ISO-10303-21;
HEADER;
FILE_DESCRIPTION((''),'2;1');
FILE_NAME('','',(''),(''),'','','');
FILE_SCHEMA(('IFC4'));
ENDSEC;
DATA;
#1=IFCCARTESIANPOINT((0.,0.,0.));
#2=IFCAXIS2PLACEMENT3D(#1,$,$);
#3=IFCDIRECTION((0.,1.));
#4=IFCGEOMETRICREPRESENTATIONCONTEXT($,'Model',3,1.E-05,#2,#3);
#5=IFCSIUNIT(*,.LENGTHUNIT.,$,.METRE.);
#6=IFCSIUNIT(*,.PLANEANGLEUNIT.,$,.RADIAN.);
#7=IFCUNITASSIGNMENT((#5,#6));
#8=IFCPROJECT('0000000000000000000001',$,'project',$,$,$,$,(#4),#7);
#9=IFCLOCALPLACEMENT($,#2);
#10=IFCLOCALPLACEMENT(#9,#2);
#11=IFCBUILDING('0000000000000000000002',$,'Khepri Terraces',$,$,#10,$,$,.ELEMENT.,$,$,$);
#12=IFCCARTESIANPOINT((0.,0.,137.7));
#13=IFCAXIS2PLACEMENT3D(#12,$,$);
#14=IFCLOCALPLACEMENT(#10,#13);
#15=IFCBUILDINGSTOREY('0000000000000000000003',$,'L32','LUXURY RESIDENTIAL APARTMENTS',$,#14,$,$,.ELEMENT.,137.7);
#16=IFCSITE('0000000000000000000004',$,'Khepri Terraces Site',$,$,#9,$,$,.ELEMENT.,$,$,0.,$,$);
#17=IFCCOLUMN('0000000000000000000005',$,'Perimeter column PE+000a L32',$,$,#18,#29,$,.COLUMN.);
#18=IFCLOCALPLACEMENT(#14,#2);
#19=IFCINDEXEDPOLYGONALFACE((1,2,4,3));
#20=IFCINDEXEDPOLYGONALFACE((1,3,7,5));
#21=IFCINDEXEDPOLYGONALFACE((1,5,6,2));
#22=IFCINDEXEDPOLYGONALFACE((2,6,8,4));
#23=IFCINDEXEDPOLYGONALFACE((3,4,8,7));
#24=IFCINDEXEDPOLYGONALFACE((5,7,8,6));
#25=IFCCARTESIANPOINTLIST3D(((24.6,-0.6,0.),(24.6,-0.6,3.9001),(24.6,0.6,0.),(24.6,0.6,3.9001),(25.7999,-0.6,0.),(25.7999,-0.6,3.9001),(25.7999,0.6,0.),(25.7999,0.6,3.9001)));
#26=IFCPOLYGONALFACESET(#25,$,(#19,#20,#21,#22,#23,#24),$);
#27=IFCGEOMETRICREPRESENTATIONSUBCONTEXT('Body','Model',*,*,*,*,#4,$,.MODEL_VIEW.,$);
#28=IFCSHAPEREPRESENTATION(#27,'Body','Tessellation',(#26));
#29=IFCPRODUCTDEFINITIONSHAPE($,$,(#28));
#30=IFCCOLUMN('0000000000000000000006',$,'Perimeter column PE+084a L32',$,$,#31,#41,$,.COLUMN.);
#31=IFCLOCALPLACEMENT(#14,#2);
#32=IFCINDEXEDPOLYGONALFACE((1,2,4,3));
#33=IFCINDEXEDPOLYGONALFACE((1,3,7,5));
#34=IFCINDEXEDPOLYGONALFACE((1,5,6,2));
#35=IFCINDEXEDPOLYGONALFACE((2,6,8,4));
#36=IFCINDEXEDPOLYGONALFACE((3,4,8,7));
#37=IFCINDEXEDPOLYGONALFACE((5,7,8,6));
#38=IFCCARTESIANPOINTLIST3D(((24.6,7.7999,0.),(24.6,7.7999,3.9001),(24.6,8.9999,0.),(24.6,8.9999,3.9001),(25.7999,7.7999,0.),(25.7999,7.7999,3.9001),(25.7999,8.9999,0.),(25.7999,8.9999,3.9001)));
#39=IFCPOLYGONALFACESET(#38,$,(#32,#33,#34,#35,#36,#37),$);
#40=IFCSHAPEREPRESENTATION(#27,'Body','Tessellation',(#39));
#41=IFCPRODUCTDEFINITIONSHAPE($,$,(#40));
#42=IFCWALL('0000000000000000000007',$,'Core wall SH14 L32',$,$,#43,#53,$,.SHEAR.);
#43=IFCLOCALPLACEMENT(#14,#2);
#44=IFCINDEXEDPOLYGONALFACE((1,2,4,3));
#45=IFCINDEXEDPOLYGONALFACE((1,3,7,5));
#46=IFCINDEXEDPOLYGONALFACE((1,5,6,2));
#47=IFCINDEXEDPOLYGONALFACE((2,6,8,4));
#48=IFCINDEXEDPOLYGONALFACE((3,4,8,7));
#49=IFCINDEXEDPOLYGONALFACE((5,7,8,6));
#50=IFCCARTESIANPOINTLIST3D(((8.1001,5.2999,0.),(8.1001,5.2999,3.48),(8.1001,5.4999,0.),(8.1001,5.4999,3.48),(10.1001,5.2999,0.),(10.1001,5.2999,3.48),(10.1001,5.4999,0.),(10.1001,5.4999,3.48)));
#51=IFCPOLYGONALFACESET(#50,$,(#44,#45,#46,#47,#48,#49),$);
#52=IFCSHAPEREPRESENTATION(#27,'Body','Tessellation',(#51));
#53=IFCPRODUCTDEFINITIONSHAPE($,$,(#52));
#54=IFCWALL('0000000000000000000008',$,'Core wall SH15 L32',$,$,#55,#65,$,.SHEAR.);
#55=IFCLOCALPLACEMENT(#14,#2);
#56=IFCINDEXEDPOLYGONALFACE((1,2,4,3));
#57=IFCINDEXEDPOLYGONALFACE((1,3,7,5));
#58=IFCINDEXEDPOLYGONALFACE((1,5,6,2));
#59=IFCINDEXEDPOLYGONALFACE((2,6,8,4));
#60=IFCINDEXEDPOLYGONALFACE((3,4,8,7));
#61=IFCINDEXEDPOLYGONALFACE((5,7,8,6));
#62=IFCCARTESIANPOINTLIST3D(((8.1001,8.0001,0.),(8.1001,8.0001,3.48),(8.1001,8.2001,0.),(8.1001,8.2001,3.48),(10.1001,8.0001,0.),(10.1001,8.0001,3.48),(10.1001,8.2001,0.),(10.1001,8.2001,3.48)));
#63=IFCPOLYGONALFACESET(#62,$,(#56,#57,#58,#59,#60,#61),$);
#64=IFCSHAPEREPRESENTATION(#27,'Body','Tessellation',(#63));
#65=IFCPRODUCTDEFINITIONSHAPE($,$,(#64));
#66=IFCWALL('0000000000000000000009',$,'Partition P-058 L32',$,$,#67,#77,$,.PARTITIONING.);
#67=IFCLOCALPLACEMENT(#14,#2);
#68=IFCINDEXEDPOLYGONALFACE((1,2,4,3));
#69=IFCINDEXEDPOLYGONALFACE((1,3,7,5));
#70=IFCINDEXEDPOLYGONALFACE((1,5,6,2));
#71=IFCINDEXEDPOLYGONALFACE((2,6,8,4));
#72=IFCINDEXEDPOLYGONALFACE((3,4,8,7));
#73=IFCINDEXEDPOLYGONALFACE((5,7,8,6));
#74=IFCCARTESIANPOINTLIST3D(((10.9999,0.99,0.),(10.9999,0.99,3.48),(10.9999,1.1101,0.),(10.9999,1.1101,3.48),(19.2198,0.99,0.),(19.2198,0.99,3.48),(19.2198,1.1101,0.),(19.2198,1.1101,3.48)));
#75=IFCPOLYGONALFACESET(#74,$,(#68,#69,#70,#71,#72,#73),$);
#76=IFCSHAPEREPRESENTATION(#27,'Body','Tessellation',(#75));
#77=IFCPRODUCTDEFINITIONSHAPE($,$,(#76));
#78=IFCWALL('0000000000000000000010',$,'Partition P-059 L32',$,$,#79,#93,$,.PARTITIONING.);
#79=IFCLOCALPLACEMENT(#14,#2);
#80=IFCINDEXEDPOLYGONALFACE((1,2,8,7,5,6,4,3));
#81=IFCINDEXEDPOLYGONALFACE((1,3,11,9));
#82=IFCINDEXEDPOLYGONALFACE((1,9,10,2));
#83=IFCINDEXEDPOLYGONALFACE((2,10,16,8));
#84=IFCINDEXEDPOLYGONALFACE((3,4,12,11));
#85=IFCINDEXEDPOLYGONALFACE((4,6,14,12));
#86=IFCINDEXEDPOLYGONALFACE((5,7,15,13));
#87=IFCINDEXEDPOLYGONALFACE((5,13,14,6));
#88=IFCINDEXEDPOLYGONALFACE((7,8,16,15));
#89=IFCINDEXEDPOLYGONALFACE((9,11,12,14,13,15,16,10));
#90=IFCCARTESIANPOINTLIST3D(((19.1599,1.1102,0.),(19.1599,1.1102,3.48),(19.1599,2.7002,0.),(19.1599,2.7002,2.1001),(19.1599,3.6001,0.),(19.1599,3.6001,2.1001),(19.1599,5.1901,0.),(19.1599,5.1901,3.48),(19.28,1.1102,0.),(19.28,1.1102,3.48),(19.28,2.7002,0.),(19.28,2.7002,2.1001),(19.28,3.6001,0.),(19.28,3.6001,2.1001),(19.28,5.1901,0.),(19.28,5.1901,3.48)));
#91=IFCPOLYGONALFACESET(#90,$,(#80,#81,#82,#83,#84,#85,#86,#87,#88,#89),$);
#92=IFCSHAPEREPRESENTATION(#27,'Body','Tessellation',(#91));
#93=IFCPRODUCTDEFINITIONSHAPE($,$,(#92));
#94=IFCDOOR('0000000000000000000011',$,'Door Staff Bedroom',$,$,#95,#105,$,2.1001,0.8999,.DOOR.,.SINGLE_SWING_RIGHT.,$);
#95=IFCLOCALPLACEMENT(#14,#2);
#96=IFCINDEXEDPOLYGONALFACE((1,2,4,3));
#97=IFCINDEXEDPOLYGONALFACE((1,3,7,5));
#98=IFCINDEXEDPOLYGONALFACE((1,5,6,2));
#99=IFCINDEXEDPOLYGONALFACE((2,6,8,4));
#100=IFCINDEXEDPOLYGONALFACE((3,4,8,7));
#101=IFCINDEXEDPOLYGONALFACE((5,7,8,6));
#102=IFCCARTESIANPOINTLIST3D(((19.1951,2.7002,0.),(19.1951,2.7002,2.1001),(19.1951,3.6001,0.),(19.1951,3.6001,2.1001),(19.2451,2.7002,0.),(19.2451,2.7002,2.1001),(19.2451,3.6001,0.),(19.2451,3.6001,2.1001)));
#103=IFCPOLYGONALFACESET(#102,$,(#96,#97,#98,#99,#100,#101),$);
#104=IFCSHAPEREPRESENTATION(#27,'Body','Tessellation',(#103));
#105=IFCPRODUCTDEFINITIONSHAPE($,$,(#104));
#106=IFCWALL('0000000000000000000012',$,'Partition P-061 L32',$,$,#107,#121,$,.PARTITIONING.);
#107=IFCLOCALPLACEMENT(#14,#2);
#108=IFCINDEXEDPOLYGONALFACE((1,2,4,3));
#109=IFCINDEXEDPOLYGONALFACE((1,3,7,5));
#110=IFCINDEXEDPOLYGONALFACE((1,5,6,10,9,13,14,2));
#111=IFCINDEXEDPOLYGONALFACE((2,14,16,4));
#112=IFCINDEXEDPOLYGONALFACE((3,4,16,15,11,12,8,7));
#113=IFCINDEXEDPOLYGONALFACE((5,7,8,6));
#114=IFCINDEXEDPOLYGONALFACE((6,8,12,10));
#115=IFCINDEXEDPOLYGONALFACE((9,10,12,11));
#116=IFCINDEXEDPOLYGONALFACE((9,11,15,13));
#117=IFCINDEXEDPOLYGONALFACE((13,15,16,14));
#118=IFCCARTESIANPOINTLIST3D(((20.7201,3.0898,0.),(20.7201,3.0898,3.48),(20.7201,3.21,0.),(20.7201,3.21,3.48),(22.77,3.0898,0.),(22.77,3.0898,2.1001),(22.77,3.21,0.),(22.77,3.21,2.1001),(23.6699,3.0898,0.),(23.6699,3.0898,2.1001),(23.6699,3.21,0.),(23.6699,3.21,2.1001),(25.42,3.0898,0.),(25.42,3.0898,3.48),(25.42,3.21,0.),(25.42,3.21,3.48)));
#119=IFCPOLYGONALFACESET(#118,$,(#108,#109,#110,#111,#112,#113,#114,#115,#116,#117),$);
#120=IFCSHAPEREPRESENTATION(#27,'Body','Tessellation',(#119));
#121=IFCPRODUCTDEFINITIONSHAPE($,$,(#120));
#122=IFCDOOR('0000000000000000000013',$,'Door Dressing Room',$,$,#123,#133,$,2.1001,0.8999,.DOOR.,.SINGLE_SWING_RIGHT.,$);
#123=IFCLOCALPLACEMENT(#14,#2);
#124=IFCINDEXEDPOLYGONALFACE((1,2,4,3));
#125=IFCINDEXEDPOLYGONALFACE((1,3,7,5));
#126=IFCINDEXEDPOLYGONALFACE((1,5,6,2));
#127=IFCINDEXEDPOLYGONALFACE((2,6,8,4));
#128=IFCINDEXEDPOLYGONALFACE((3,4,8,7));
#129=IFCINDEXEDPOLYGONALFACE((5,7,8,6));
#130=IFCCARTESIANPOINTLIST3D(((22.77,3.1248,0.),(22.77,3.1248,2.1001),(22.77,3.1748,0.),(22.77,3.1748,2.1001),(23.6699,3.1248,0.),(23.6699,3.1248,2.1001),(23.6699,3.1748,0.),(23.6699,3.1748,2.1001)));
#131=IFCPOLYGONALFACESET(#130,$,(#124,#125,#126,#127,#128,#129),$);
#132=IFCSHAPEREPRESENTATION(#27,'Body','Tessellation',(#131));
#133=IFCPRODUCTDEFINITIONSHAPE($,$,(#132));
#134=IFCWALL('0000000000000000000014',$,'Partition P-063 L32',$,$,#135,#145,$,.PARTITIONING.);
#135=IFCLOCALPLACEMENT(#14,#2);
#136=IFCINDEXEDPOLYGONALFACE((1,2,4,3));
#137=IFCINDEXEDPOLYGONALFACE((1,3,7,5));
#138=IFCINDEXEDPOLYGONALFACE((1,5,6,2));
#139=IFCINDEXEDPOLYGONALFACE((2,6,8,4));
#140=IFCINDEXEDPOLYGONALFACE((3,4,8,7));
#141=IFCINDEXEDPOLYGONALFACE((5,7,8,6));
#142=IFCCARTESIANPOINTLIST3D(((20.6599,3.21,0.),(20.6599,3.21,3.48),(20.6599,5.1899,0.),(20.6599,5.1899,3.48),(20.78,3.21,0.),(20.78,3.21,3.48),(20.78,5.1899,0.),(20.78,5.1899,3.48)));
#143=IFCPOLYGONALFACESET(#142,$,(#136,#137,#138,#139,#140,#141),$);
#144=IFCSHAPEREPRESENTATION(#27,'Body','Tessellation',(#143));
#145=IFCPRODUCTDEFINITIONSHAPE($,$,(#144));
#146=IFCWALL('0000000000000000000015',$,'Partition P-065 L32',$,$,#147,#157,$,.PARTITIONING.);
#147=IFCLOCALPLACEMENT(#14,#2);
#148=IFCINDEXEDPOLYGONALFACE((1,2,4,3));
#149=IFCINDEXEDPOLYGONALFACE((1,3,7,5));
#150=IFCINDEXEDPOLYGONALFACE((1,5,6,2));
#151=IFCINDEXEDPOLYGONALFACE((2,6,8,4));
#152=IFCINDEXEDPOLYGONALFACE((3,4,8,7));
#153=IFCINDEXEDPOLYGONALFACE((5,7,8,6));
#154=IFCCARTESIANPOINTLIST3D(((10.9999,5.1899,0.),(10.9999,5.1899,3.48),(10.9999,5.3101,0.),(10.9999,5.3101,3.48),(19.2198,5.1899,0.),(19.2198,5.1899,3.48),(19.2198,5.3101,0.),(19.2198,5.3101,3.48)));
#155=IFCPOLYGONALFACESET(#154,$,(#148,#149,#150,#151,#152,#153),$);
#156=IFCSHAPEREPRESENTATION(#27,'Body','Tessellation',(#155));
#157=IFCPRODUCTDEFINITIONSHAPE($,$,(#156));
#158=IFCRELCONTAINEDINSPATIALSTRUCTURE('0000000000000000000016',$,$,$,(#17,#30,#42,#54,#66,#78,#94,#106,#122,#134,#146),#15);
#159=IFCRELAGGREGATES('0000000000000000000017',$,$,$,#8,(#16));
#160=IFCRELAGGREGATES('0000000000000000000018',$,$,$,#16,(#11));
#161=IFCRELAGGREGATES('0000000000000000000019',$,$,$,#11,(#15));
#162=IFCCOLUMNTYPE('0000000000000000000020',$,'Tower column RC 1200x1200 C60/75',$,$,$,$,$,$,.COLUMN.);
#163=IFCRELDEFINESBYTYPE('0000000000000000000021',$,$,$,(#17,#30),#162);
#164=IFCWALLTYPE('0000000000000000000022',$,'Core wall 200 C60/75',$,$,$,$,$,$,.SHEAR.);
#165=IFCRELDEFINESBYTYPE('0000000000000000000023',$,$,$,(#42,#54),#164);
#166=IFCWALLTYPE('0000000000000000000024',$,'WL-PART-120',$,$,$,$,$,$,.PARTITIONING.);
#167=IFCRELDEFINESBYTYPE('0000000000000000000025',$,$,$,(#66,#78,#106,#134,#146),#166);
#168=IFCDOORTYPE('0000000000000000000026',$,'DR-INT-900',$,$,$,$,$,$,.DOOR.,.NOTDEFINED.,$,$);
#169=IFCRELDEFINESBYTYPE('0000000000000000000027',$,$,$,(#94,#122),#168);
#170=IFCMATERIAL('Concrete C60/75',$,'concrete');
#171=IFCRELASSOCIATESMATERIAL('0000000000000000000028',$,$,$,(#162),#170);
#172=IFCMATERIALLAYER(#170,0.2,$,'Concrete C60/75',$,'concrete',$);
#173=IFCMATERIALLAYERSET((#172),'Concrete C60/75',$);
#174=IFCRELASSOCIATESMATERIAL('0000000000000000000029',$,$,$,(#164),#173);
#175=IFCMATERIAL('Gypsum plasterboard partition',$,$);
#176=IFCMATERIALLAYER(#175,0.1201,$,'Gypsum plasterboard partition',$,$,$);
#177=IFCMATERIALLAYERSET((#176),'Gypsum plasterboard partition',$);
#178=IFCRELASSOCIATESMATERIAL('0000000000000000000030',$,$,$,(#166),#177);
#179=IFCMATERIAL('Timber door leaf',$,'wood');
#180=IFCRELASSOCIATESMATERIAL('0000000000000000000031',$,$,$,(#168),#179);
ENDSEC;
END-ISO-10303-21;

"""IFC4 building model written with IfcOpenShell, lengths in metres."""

from ifc_helpers import new_model, si_unit, direction, frame, frame_2d, origin, origin_2d, place, context, subcontext, project, spatial, rectangle, extrude, material, layer, layer_set, material_profile, profile_set, type_object, element, fill, save


model = new_model("IFC4")

# Units and contexts
model_context = context("Model", 3, precision=1e-05, world=origin(), true_north=direction((0.0, 1.0)))
body_context = subcontext(model_context, "Body", "Model", "MODEL_VIEW")
ifc_project = project(units=[si_unit("LENGTHUNIT", "METRE"), si_unit("PLANEANGLEUNIT", "RADIAN")], contexts=[model_context])

# Site, building, storey
site_placement = place(None, origin())
site = spatial("IfcSite", under=ifc_project, at=site_placement, Name="Khepri Terraces Site", CompositionType="ELEMENT", RefElevation=0.0)
building_placement = place(site_placement, origin())
building = spatial("IfcBuilding", under=site, at=building_placement, Name="Khepri Terraces", CompositionType="ELEMENT")
storey_placement = place(building_placement, frame((0.0, 0.0, 137.7)))
storey = spatial("IfcBuildingStorey", under=building, at=storey_placement, Name="L32", Description="LUXURY RESIDENTIAL APARTMENTS", CompositionType="ELEMENT", Elevation=137.7)

# Columns
ifc_material_1 = material(Name="Concrete C60/75", Category="concrete")
ifc_material_profile = material_profile(ifc_material_1, rectangle(XDim=1.2, YDim=1.2, at=origin_2d()), Name="Concrete C60/75", Category="concrete")
ifc_profile_set = profile_set([ifc_material_profile], Name="Concrete C60/75")
column_type = type_object("IfcColumnType", Name="Tower column RC 1200x1200 C60/75", PredefinedType="COLUMN", material=ifc_profile_set)
for number, where, z_axis, x_axis, name in (
    (1, (25.2, 0.0, 0.0), (0.0, 0.0, 1.0), (1.0, 0.0, 0.0), "Perimeter column PE+000a L32"),
    (2, (25.2, 8.3999, 0.0), (0.0, 0.0, 1.0), (1.0, 0.0, 0.0), "Perimeter column PE+084a L32"),
):
    element("IfcColumn", number, at=place(storey_placement, frame(where, z_axis=z_axis, x_axis=x_axis)), inside=storey, type_object=column_type, Name=name, PredefinedType="COLUMN", context=body_context, shape_type="SweptSolid", body=[
        extrude(rectangle(XDim=1.2, YDim=1.2, at=origin_2d()), origin(), (0.0, 0.0, 1.0), 3.9001),
    ])

# Walls
ifc_layer_1 = layer(ifc_material_1, 0.2, Name="Concrete C60/75", Category="concrete")
ifc_layer_set_1 = layer_set([ifc_layer_1], Name="Concrete C60/75")
wall_type_1 = type_object("IfcWallType", Name="Core wall 200 C60/75", PredefinedType="SHEAR", material=ifc_layer_set_1)
for number, where, z_axis, x_axis, name in (
    (3, (8.1001, 5.3999, 0.0), (0.0, 0.0, 1.0), (1.0, 0.0, 0.0), "Core wall SH14 L32"),
    (4, (8.1001, 8.1001, 0.0), (0.0, 0.0, 1.0), (1.0, 0.0, 0.0), "Core wall SH15 L32"),
):
    element("IfcWall", number, at=place(storey_placement, frame(where, z_axis=z_axis, x_axis=x_axis)), inside=storey, type_object=wall_type_1, Name=name, PredefinedType="SHEAR", context=body_context, shape_type="SweptSolid", body=[
        extrude(rectangle(XDim=2.0, YDim=0.2, at=frame_2d((1.0, 0.0))), origin(), (0.0, 0.0, 1.0), 3.48),
    ])

# Wall
ifc_material_2 = material(Name="Gypsum plasterboard partition")
ifc_layer_2 = layer(ifc_material_2, 0.1201, Name="Gypsum plasterboard partition")
ifc_layer_set_2 = layer_set([ifc_layer_2], Name="Gypsum plasterboard partition")
wall_type_2 = type_object("IfcWallType", Name="WL-PART-120", PredefinedType="PARTITIONING", material=ifc_layer_set_2)
wall_1_placement = place(storey_placement, frame((11.0, 1.05, 0.0), z_axis=(0.0, 0.0, 1.0), x_axis=(1.0, 0.0, 0.0)))
element("IfcWall", 5, at=wall_1_placement, inside=storey, type_object=wall_type_2, Name="Partition P-058 L32", PredefinedType="PARTITIONING", context=body_context, shape_type="SweptSolid", body=[
    extrude(rectangle(XDim=8.22, YDim=0.1201, at=frame_2d((4.1099, 0.0))), origin(), (0.0, 0.0, 1.0), 3.48),
])

# Walls, openings, doors
wall_2_placement = place(storey_placement, frame((19.22, 1.1101, 0.0), z_axis=(0.0, 0.0, 1.0), x_axis=(0.0, 1.0, 0.0)))
wall_2 = element("IfcWall", 6, at=wall_2_placement, inside=storey, type_object=wall_type_2, Name="Partition P-059 L32", PredefinedType="PARTITIONING", context=body_context, shape_type="SweptSolid", body=[
    extrude(rectangle(XDim=4.0798, YDim=0.1201, at=frame_2d((2.04, 0.0))), origin(), (0.0, 0.0, 1.0), 3.48),
])
opening_1_placement = place(wall_2_placement, frame((1.5901, 0.0, 0.0)))
opening_1 = element("IfcOpeningElement", 7, at=opening_1_placement, cuts=wall_2, PredefinedType="OPENING", context=body_context, shape_type="SweptSolid", body=[
    extrude(rectangle(XDim=0.8999, YDim=2.1001, at=frame_2d((0.45, 1.05))), frame((0.0, 0.0701, 0.0), z_axis=(0.0, -1.0, 0.0), x_axis=(1.0, 0.0, 0.0)), (0.0, 0.0, 1.0), 0.1401),
])
ifc_material_3 = material(Name="Timber door leaf", Category="wood")
door_type_1 = type_object("IfcDoorType", Name="DR-INT-900", OperationType="NOTDEFINED", PredefinedType="DOOR", material=ifc_material_3)
door_1_placement = place(opening_1_placement, origin())
door_1 = element("IfcDoor", 8, at=door_1_placement, inside=storey, type_object=door_type_1, Name="Door Staff Bedroom", OperationType="SINGLE_SWING_RIGHT", OverallHeight=2.1001, OverallWidth=0.8999, PredefinedType="DOOR", context=body_context, shape_type="SweptSolid", body=[
    extrude(rectangle(XDim=0.8999, YDim=2.1001, at=frame_2d((0.45, 1.05))), frame((0.0, 0.0249, 0.0), z_axis=(0.0, -1.0, 0.0), x_axis=(1.0, 0.0, 0.0)), (0.0, 0.0, 1.0), 0.05),
])
fill(opening_1, door_1)
wall_3_placement = place(storey_placement, frame((20.72, 3.1499, 0.0), z_axis=(0.0, 0.0, 1.0), x_axis=(1.0, 0.0, 0.0)))
wall_3 = element("IfcWall", 9, at=wall_3_placement, inside=storey, type_object=wall_type_2, Name="Partition P-061 L32", PredefinedType="PARTITIONING", context=body_context, shape_type="SweptSolid", body=[
    extrude(rectangle(XDim=4.7, YDim=0.1201, at=frame_2d((2.3501, 0.0))), origin(), (0.0, 0.0, 1.0), 3.48),
])
opening_2_placement = place(wall_3_placement, frame((2.05, 0.0, 0.0)))
opening_2 = element("IfcOpeningElement", 10, at=opening_2_placement, cuts=wall_3, PredefinedType="OPENING", context=body_context, shape_type="SweptSolid", body=[
    extrude(rectangle(XDim=0.8999, YDim=2.1001, at=frame_2d((0.45, 1.05))), frame((0.0, 0.0701, 0.0), z_axis=(0.0, -1.0, 0.0), x_axis=(1.0, 0.0, 0.0)), (0.0, 0.0, 1.0), 0.1401),
])
door_2_placement = place(opening_2_placement, origin())
door_2 = element("IfcDoor", 11, at=door_2_placement, inside=storey, type_object=door_type_1, Name="Door Dressing Room", OperationType="SINGLE_SWING_RIGHT", OverallHeight=2.1001, OverallWidth=0.8999, PredefinedType="DOOR", context=body_context, shape_type="SweptSolid", body=[
    extrude(rectangle(XDim=0.8999, YDim=2.1001, at=frame_2d((0.45, 1.05))), frame((0.0, 0.0249, 0.0), z_axis=(0.0, -1.0, 0.0), x_axis=(1.0, 0.0, 0.0)), (0.0, 0.0, 1.0), 0.05),
])
fill(opening_2, door_2)

# Walls
wall_4_placement = place(storey_placement, frame((20.72, 3.21, 0.0), z_axis=(0.0, 0.0, 1.0), x_axis=(0.0, 1.0, 0.0)))
element("IfcWall", 12, at=wall_4_placement, inside=storey, type_object=wall_type_2, Name="Partition P-063 L32", PredefinedType="PARTITIONING", context=body_context, shape_type="SweptSolid", body=[
    extrude(rectangle(XDim=1.98, YDim=0.1201, at=frame_2d((0.99, 0.0))), origin(), (0.0, 0.0, 1.0), 3.48),
])
wall_5_placement = place(storey_placement, frame((11.0, 5.25, 0.0), z_axis=(0.0, 0.0, 1.0), x_axis=(1.0, 0.0, 0.0)))
element("IfcWall", 13, at=wall_5_placement, inside=storey, type_object=wall_type_2, Name="Partition P-065 L32", PredefinedType="PARTITIONING", context=body_context, shape_type="SweptSolid", body=[
    extrude(rectangle(XDim=8.22, YDim=0.1201, at=frame_2d((4.1099, 0.0))), origin(), (0.0, 0.0, 1.0), 3.48),
])

save(model, "model.ifc")
